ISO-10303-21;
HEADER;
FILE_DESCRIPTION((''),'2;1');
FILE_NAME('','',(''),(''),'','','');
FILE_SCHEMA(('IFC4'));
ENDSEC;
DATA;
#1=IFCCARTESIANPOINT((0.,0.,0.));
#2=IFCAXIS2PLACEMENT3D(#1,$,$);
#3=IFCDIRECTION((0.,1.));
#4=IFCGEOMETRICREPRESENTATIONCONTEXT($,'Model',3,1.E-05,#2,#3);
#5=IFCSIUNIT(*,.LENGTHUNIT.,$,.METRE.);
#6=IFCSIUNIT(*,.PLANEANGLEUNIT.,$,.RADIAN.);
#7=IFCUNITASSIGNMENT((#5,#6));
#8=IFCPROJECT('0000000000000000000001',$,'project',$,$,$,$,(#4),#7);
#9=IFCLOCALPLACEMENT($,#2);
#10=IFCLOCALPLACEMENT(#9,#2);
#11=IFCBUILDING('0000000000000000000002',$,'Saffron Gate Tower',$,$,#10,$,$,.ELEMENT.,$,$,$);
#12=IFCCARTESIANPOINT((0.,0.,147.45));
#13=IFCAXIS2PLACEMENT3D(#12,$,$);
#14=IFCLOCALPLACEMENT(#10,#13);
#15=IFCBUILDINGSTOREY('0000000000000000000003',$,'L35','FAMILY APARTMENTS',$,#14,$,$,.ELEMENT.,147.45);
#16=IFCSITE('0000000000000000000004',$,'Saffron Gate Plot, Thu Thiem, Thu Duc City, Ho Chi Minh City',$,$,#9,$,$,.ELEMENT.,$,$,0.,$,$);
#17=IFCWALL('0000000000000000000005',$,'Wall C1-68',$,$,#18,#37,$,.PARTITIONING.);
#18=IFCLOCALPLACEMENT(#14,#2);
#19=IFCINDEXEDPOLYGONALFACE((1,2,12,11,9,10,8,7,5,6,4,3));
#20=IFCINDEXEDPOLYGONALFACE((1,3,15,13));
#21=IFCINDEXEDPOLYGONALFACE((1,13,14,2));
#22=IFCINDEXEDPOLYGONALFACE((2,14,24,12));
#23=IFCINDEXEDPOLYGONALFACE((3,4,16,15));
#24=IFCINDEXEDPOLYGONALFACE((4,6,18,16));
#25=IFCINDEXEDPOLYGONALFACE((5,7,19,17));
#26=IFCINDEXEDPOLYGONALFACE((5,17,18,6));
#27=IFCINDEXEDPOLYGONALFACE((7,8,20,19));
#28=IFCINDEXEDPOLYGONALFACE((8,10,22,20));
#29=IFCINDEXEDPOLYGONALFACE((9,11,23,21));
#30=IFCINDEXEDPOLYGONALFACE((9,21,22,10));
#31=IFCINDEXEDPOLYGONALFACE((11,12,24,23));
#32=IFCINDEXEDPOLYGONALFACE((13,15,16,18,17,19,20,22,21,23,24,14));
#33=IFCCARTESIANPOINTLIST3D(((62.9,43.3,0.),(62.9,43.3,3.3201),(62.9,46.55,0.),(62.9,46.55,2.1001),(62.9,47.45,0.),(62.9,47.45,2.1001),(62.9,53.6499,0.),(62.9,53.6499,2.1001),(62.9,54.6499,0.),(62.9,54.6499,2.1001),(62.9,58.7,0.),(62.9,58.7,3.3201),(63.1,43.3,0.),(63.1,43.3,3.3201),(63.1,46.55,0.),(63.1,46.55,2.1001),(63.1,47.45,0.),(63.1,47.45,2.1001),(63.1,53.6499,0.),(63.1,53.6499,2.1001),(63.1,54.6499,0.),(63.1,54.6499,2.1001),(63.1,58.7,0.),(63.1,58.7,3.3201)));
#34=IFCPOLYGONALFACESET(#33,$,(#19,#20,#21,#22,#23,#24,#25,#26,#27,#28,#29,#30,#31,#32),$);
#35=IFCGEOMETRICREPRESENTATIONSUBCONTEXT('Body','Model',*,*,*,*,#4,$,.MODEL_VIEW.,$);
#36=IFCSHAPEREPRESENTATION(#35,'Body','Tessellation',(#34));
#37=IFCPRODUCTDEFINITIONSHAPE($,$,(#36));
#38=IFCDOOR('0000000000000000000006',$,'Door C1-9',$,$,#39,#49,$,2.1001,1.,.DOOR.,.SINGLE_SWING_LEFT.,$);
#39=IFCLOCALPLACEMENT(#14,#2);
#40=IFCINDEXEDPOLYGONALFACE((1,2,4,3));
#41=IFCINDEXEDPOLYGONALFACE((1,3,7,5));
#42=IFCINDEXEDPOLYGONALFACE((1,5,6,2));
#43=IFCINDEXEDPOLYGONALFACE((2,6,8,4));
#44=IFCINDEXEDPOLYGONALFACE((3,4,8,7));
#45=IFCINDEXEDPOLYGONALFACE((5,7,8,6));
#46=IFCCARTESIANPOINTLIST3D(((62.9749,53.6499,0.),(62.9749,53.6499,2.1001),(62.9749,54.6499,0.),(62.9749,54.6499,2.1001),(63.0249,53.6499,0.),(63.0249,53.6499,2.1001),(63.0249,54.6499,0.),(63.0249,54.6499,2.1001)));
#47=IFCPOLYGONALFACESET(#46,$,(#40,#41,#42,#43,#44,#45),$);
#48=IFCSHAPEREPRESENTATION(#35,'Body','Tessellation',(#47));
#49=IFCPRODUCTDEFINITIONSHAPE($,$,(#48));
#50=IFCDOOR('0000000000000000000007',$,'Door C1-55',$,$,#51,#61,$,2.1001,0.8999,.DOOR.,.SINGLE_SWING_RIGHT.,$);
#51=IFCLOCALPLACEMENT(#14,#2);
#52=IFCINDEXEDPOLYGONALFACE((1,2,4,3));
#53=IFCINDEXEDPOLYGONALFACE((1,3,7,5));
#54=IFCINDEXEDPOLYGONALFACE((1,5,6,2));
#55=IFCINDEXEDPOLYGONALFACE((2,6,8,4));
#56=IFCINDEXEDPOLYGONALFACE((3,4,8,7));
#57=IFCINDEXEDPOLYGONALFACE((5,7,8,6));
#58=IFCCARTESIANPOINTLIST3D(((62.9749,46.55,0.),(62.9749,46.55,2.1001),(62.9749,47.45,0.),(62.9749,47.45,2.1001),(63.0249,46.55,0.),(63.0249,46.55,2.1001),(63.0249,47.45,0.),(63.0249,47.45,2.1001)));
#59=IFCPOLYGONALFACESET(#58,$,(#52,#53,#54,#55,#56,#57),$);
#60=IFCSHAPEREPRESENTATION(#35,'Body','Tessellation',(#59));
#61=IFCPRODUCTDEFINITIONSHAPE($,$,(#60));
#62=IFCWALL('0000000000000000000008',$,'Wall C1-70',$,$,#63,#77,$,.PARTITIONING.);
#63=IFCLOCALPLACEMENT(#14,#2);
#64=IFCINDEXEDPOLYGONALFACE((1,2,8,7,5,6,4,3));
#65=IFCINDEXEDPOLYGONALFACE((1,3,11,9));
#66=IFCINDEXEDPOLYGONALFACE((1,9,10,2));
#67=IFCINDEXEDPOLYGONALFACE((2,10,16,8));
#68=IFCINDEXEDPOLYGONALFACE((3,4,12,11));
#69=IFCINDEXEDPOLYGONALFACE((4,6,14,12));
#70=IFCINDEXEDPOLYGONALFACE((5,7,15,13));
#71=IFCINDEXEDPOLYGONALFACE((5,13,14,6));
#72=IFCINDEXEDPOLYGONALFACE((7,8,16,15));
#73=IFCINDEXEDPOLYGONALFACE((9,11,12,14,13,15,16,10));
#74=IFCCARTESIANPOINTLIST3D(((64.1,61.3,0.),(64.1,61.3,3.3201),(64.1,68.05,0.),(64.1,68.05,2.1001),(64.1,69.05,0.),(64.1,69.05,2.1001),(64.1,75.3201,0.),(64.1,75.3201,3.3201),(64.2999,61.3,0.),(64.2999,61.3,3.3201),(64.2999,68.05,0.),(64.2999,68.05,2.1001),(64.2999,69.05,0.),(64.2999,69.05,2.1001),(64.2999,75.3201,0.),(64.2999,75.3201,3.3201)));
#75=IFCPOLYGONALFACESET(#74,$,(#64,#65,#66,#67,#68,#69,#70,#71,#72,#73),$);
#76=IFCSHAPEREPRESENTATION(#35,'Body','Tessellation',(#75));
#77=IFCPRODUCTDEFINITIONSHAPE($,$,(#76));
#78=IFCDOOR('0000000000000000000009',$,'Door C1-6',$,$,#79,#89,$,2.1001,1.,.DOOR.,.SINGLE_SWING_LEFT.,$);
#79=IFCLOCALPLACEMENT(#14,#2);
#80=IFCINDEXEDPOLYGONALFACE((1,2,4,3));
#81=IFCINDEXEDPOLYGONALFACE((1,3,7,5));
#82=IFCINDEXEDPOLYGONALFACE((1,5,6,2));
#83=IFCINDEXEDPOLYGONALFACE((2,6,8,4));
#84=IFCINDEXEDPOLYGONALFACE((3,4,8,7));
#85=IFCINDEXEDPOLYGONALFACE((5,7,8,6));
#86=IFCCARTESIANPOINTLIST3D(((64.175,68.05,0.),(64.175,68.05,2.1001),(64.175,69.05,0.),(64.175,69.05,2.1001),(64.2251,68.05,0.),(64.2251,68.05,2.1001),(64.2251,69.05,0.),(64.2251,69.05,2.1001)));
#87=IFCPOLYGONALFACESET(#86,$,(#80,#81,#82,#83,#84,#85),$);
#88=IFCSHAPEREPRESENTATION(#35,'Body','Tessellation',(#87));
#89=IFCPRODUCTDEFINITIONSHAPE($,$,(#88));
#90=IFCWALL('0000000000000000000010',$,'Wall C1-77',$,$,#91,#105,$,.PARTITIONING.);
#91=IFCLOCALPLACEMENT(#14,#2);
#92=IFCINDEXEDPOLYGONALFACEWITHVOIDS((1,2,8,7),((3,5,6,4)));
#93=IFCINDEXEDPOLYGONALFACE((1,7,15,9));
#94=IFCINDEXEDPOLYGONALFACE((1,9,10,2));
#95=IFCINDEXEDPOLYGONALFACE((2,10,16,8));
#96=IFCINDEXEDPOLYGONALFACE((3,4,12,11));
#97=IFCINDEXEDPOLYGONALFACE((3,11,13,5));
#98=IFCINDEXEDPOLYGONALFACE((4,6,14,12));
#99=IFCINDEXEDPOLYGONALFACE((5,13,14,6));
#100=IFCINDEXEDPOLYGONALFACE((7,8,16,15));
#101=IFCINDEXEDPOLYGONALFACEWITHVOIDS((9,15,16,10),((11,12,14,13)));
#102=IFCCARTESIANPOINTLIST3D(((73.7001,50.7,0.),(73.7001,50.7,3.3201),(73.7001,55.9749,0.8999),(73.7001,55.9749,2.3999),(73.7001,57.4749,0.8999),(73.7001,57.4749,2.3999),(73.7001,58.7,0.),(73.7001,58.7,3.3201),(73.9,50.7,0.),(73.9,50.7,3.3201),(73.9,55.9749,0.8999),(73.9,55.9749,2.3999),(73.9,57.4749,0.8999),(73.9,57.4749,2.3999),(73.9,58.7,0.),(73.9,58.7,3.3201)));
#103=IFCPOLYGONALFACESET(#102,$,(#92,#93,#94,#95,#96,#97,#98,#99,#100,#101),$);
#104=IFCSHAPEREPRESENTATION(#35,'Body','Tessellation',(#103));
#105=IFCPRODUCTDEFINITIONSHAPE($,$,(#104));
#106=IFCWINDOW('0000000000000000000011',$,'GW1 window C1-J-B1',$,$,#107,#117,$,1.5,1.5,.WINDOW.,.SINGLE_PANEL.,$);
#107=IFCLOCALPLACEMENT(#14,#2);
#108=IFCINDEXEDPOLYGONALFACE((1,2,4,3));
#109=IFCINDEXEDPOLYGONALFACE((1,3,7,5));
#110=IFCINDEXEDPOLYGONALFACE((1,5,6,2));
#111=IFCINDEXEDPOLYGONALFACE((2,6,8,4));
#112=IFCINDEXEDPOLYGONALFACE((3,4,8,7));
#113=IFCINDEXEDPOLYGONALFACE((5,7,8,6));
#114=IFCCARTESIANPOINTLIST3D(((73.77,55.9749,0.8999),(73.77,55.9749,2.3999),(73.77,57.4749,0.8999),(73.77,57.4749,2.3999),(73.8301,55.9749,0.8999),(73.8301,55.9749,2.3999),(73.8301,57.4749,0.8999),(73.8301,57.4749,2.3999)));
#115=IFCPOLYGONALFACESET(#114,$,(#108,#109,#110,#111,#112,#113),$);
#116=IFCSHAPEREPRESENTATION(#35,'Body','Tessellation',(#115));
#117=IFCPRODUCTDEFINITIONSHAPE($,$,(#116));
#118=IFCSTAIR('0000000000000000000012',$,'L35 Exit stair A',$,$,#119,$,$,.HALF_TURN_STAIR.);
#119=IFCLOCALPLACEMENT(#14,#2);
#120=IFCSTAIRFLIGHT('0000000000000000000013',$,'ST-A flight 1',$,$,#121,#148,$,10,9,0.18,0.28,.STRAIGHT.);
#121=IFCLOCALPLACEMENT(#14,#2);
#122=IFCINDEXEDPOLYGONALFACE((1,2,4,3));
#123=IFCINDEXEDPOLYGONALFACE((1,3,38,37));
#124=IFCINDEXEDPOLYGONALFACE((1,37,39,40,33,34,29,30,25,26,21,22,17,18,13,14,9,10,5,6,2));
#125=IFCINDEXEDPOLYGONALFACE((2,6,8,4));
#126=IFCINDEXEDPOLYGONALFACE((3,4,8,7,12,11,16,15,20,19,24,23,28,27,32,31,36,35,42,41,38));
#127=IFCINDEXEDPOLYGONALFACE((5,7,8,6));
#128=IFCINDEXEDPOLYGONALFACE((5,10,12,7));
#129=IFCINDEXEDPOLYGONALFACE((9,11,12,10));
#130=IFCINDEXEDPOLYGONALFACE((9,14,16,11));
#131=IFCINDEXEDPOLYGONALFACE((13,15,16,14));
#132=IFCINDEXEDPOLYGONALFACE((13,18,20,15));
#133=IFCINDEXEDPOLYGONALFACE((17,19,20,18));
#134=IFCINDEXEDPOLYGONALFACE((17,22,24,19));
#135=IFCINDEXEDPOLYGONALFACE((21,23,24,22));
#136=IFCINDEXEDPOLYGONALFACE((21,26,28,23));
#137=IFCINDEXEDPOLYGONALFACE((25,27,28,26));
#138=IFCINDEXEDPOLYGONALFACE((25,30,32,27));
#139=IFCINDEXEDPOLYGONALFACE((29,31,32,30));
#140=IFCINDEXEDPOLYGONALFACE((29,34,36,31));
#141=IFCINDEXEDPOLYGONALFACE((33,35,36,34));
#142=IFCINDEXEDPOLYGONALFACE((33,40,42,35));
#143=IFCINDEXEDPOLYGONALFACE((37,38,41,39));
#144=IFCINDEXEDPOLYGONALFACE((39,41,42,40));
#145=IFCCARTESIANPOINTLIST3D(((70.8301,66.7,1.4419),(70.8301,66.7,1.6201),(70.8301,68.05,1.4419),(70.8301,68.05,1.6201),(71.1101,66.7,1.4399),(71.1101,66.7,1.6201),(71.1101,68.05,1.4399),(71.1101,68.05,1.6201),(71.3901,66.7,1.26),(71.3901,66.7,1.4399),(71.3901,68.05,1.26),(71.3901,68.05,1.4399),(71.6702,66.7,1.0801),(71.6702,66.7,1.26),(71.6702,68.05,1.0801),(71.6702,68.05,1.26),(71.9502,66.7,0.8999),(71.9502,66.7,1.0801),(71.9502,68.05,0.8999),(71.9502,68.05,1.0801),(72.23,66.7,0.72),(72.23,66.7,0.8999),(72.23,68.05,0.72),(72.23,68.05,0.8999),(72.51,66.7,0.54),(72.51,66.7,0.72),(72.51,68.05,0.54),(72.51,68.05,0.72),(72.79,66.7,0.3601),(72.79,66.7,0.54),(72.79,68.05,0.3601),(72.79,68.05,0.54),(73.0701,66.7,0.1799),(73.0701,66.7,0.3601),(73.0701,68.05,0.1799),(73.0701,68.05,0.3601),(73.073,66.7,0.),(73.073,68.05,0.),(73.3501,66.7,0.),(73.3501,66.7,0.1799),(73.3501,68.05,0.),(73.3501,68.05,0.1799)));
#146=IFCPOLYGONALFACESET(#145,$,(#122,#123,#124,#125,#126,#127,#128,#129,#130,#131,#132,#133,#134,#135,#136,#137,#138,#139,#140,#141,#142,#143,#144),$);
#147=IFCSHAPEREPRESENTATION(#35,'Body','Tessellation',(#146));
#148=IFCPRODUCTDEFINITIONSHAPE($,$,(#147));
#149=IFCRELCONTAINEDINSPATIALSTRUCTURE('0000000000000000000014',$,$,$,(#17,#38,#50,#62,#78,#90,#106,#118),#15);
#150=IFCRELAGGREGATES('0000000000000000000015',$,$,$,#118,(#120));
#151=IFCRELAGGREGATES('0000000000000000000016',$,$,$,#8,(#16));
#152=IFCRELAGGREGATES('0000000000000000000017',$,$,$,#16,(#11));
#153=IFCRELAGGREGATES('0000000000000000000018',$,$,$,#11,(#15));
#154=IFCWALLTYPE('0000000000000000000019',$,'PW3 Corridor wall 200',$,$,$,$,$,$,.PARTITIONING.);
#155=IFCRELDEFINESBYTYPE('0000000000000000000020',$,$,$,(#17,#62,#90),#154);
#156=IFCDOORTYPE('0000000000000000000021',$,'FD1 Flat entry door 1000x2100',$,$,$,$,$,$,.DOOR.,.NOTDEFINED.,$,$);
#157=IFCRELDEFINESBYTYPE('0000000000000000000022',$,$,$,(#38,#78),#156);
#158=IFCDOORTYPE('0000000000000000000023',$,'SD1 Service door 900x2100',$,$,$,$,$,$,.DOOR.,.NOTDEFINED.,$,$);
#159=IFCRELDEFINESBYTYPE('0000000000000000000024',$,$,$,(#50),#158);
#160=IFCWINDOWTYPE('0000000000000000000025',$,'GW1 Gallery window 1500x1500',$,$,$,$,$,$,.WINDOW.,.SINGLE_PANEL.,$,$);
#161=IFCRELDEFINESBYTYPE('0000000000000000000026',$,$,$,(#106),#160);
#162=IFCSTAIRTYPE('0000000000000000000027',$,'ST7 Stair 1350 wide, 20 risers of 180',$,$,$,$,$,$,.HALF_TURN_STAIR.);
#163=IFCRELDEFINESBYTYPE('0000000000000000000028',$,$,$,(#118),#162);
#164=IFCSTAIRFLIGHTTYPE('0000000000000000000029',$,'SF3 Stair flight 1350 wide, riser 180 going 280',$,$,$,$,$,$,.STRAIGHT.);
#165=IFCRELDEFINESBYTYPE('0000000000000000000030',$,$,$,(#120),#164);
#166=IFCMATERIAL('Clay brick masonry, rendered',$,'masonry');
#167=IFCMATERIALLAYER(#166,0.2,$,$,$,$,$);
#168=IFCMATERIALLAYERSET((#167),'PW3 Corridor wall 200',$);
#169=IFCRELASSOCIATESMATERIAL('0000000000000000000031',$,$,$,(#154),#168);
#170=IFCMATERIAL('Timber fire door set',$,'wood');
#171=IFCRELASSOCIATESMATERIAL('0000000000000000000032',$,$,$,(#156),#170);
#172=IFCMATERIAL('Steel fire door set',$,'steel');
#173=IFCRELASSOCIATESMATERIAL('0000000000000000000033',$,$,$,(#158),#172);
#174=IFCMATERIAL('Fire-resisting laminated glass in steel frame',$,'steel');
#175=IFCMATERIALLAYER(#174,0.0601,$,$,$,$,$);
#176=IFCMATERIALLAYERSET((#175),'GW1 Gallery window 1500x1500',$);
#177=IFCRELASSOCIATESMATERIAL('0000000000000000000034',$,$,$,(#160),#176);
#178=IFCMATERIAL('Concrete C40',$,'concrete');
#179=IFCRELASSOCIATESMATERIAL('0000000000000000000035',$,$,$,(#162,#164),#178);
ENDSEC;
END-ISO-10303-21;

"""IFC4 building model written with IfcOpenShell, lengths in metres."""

from ifc_helpers import new_model, si_unit, direction, frame, frame_2d, origin, place, context, subcontext, project, spatial, polyline, rectangle, outline, extrude, material, layer, layer_set, type_object, element, fill, aggregate, save


model = new_model("IFC4")

# Units and contexts
model_context = context("Model", 3, precision=1e-05, world=origin(), true_north=direction((0.0, 1.0)))
body_context = subcontext(model_context, "Body", "Model", "MODEL_VIEW")
ifc_project = project(units=[si_unit("LENGTHUNIT", "METRE"), si_unit("PLANEANGLEUNIT", "RADIAN")], contexts=[model_context])

# Site, building, storey
site_placement = place(None, origin())
site = spatial("IfcSite", under=ifc_project, at=site_placement, Name="Saffron Gate Plot, Thu Thiem, Thu Duc City, Ho Chi Minh City", CompositionType="ELEMENT", RefElevation=0.0)
building_placement = place(site_placement, origin())
building = spatial("IfcBuilding", under=site, at=building_placement, Name="Saffron Gate Tower", CompositionType="ELEMENT")
storey_placement = place(building_placement, frame((0.0, 0.0, 147.45)))
storey = spatial("IfcBuildingStorey", under=building, at=storey_placement, Name="L35", Description="FAMILY APARTMENTS", CompositionType="ELEMENT", Elevation=147.45)

# Shared definitions
ifc_material_1 = material(Name="Steel fire door set", Category="steel")

# Shared definitions
ifc_material_2 = material(Name="Clay brick masonry, rendered", Category="masonry")
ifc_layer_1 = layer(ifc_material_2, 0.2)
ifc_layer_set_1 = layer_set([ifc_layer_1], Name="PW3 Corridor wall 200")
wall_type_1 = type_object("IfcWallType", Name="PW3 Corridor wall 200", PredefinedType="PARTITIONING", material=ifc_layer_set_1)

# Wall, openings, doors
wall_1_placement = place(storey_placement, frame((63.0, 58.7, 0.0), z_axis=(0.0, 0.0, 1.0), x_axis=(0.0, -1.0, 0.0)))
wall_1 = element("IfcWall", 1, at=wall_1_placement, inside=storey, type_object=wall_type_1, Name="Wall C1-68", PredefinedType="PARTITIONING", context=body_context, shape_type="SweptSolid", body=[
    extrude(rectangle(XDim=15.3999, YDim=0.2, at=frame_2d((7.7, 0.0))), origin(), (0.0, 0.0, 1.0), 3.3201),
])
opening_1_placement = place(wall_1_placement, frame((4.05, 0.0, 0.0)))
opening_1 = element("IfcOpeningElement", 2, at=opening_1_placement, cuts=wall_1, PredefinedType="OPENING", context=body_context, shape_type="SweptSolid", body=[
    extrude(rectangle(XDim=1.0, YDim=2.1001, at=frame_2d((0.5, 1.05))), frame((0.0, 0.1099, 0.0), z_axis=(0.0, -1.0, 0.0), x_axis=(1.0, 0.0, 0.0)), (0.0, 0.0, 1.0), 0.22),
])
opening_2_placement = place(wall_1_placement, frame((11.25, 0.0, 0.0)))
opening_2 = element("IfcOpeningElement", 3, at=opening_2_placement, cuts=wall_1, PredefinedType="OPENING", context=body_context, shape_type="SweptSolid", body=[
    extrude(rectangle(XDim=0.8999, YDim=2.1001, at=frame_2d((0.45, 1.05))), frame((0.0, 0.1099, 0.0), z_axis=(0.0, -1.0, 0.0), x_axis=(1.0, 0.0, 0.0)), (0.0, 0.0, 1.0), 0.22),
])
ifc_material_3 = material(Name="Timber fire door set", Category="wood")
door_type_1 = type_object("IfcDoorType", Name="FD1 Flat entry door 1000x2100", OperationType="NOTDEFINED", PredefinedType="DOOR", material=ifc_material_3)
door_1_placement = place(opening_1_placement, origin())
door_1 = element("IfcDoor", 4, at=door_1_placement, inside=storey, type_object=door_type_1, Name="Door C1-9", OperationType="SINGLE_SWING_LEFT", OverallHeight=2.1001, OverallWidth=1.0, PredefinedType="DOOR", context=body_context, shape_type="SweptSolid", body=[
    extrude(rectangle(XDim=1.0, YDim=2.1001, at=frame_2d((0.5, 1.05))), frame((0.0, 0.0249, 0.0), z_axis=(0.0, -1.0, 0.0), x_axis=(1.0, 0.0, 0.0)), (0.0, 0.0, 1.0), 0.05),
])
fill(opening_1, door_1)
door_type_2 = type_object("IfcDoorType", Name="SD1 Service door 900x2100", OperationType="NOTDEFINED", PredefinedType="DOOR", material=ifc_material_1)
door_2_placement = place(opening_2_placement, origin())
door_2 = element("IfcDoor", 5, at=door_2_placement, inside=storey, type_object=door_type_2, Name="Door C1-55", OperationType="SINGLE_SWING_RIGHT", OverallHeight=2.1001, OverallWidth=0.8999, PredefinedType="DOOR", context=body_context, shape_type="SweptSolid", body=[
    extrude(rectangle(XDim=0.8999, YDim=2.1001, at=frame_2d((0.45, 1.05))), frame((0.0, 0.0249, 0.0), z_axis=(0.0, -1.0, 0.0), x_axis=(1.0, 0.0, 0.0)), (0.0, 0.0, 1.0), 0.05),
])
fill(opening_2, door_2)

# Wall, opening, door
wall_2_placement = place(storey_placement, frame((64.2, 61.3, 0.0), z_axis=(0.0, 0.0, 1.0), x_axis=(0.0, 1.0, 0.0)))
wall_2 = element("IfcWall", 6, at=wall_2_placement, inside=storey, type_object=wall_type_1, Name="Wall C1-70", PredefinedType="PARTITIONING", context=body_context, shape_type="SweptSolid", body=[
    extrude(rectangle(XDim=14.02, YDim=0.2, at=frame_2d((7.01, 0.0))), origin(), (0.0, 0.0, 1.0), 3.3201),
])
opening_3_placement = place(wall_2_placement, frame((6.75, 0.0, 0.0)))
opening_3 = element("IfcOpeningElement", 7, at=opening_3_placement, cuts=wall_2, PredefinedType="OPENING", context=body_context, shape_type="SweptSolid", body=[
    extrude(rectangle(XDim=1.0, YDim=2.1001, at=frame_2d((0.5, 1.05))), frame((0.0, 0.1099, 0.0), z_axis=(0.0, -1.0, 0.0), x_axis=(1.0, 0.0, 0.0)), (0.0, 0.0, 1.0), 0.22),
])
door_3_placement = place(opening_3_placement, origin())
door_3 = element("IfcDoor", 8, at=door_3_placement, inside=storey, type_object=door_type_1, Name="Door C1-6", OperationType="SINGLE_SWING_LEFT", OverallHeight=2.1001, OverallWidth=1.0, PredefinedType="DOOR", context=body_context, shape_type="SweptSolid", body=[
    extrude(rectangle(XDim=1.0, YDim=2.1001, at=frame_2d((0.5, 1.05))), frame((0.0, 0.0249, 0.0), z_axis=(0.0, -1.0, 0.0), x_axis=(1.0, 0.0, 0.0)), (0.0, 0.0, 1.0), 0.05),
])
fill(opening_3, door_3)

# Wall, opening, window
wall_3_placement = place(storey_placement, frame((73.8, 58.7, 0.0), z_axis=(0.0, 0.0, 1.0), x_axis=(0.0, -1.0, 0.0)))
wall_3 = element("IfcWall", 9, at=wall_3_placement, inside=storey, type_object=wall_type_1, Name="Wall C1-77", PredefinedType="PARTITIONING", context=body_context, shape_type="SweptSolid", body=[
    extrude(rectangle(XDim=8.0, YDim=0.2, at=frame_2d((4.0, 0.0))), origin(), (0.0, 0.0, 1.0), 3.3201),
])
opening_4_placement = place(wall_3_placement, frame((1.2251, 0.0, 0.8999)))
opening_4 = element("IfcOpeningElement", 10, at=opening_4_placement, cuts=wall_3, PredefinedType="OPENING", context=body_context, shape_type="SweptSolid", body=[
    extrude(rectangle(XDim=1.5, YDim=1.5, at=frame_2d((0.75, 0.75))), frame((0.0, 0.1099, 0.0), z_axis=(0.0, -1.0, 0.0), x_axis=(1.0, 0.0, 0.0)), (0.0, 0.0, 1.0), 0.22),
])
ifc_material_4 = material(Name="Fire-resisting laminated glass in steel frame", Category="steel")
ifc_layer_2 = layer(ifc_material_4, 0.0601)
ifc_layer_set_2 = layer_set([ifc_layer_2], Name="GW1 Gallery window 1500x1500")
window_type = type_object("IfcWindowType", Name="GW1 Gallery window 1500x1500", PartitioningType="SINGLE_PANEL", PredefinedType="WINDOW", material=ifc_layer_set_2)
window_placement = place(opening_4_placement, origin())
window = element("IfcWindow", 11, at=window_placement, inside=storey, type_object=window_type, Name="GW1 window C1-J-B1", OverallHeight=1.5, OverallWidth=1.5, PartitioningType="SINGLE_PANEL", PredefinedType="WINDOW", context=body_context, shape_type="SweptSolid", body=[
    extrude(rectangle(XDim=1.5, YDim=1.5, at=frame_2d((0.75, 0.75))), frame((0.0, 0.03, 0.0), z_axis=(0.0, -1.0, 0.0), x_axis=(1.0, 0.0, 0.0)), (0.0, 0.0, 1.0), 0.0601),
])
fill(opening_4, window)

# Stair, stair flight
ifc_material_5 = material(Name="Concrete C40", Category="concrete")
stair_type = type_object("IfcStairType", Name="ST7 Stair 1350 wide, 20 risers of 180", PredefinedType="HALF_TURN_STAIR", material=ifc_material_5)
stair_placement = place(storey_placement, origin())
stair = element("IfcStair", 12, at=stair_placement, inside=storey, type_object=stair_type, Name="L35 Exit stair A", PredefinedType="HALF_TURN_STAIR")
stair_flight_type = type_object("IfcStairFlightType", Name="SF3 Stair flight 1350 wide, riser 180 going 280", PredefinedType="STRAIGHT", material=ifc_material_5)
stair_flight_placement = place(storey_placement, frame((73.3501, 67.375, 0.0), z_axis=(0.0, 0.0, 1.0), x_axis=(-1.0, 0.0, 0.0)))
stair_flight = element("IfcStairFlight", 13, at=stair_flight_placement, type_object=stair_flight_type, Name="ST-A flight 1", NumberOfRisers=10, NumberOfTreads=9, PredefinedType="STRAIGHT", RiserHeight=0.18, TreadLength=0.28, context=body_context, shape_type="SweptSolid", body=[
    extrude(outline(polyline([(0.0, 0.0), (0.0, 0.1799), (0.28, 0.1799), (0.28, 0.3601), (0.5601, 0.3601), (0.5601, 0.54), (0.8401, 0.54), (0.8401, 0.72), (1.1201, 0.72), (1.1201, 0.8999), (1.3999, 0.8999), (1.3999, 1.0801), (1.6799, 1.0801), (1.6799, 1.26), (1.96, 1.26), (1.96, 1.4399), (2.24, 1.4399), (2.24, 1.6201), (2.52, 1.6201), (2.52, 1.8), (2.52, 1.4419), (0.2771, 0.0), (0.0, 0.0)])), frame((0.0, 0.675, 0.0), z_axis=(0.0, -1.0, 0.0), x_axis=(1.0, 0.0, 0.0)), (0.0, 0.0, 1.0), 1.3501),
])
aggregate(stair, [stair_flight])

save(model, "model.ifc")
